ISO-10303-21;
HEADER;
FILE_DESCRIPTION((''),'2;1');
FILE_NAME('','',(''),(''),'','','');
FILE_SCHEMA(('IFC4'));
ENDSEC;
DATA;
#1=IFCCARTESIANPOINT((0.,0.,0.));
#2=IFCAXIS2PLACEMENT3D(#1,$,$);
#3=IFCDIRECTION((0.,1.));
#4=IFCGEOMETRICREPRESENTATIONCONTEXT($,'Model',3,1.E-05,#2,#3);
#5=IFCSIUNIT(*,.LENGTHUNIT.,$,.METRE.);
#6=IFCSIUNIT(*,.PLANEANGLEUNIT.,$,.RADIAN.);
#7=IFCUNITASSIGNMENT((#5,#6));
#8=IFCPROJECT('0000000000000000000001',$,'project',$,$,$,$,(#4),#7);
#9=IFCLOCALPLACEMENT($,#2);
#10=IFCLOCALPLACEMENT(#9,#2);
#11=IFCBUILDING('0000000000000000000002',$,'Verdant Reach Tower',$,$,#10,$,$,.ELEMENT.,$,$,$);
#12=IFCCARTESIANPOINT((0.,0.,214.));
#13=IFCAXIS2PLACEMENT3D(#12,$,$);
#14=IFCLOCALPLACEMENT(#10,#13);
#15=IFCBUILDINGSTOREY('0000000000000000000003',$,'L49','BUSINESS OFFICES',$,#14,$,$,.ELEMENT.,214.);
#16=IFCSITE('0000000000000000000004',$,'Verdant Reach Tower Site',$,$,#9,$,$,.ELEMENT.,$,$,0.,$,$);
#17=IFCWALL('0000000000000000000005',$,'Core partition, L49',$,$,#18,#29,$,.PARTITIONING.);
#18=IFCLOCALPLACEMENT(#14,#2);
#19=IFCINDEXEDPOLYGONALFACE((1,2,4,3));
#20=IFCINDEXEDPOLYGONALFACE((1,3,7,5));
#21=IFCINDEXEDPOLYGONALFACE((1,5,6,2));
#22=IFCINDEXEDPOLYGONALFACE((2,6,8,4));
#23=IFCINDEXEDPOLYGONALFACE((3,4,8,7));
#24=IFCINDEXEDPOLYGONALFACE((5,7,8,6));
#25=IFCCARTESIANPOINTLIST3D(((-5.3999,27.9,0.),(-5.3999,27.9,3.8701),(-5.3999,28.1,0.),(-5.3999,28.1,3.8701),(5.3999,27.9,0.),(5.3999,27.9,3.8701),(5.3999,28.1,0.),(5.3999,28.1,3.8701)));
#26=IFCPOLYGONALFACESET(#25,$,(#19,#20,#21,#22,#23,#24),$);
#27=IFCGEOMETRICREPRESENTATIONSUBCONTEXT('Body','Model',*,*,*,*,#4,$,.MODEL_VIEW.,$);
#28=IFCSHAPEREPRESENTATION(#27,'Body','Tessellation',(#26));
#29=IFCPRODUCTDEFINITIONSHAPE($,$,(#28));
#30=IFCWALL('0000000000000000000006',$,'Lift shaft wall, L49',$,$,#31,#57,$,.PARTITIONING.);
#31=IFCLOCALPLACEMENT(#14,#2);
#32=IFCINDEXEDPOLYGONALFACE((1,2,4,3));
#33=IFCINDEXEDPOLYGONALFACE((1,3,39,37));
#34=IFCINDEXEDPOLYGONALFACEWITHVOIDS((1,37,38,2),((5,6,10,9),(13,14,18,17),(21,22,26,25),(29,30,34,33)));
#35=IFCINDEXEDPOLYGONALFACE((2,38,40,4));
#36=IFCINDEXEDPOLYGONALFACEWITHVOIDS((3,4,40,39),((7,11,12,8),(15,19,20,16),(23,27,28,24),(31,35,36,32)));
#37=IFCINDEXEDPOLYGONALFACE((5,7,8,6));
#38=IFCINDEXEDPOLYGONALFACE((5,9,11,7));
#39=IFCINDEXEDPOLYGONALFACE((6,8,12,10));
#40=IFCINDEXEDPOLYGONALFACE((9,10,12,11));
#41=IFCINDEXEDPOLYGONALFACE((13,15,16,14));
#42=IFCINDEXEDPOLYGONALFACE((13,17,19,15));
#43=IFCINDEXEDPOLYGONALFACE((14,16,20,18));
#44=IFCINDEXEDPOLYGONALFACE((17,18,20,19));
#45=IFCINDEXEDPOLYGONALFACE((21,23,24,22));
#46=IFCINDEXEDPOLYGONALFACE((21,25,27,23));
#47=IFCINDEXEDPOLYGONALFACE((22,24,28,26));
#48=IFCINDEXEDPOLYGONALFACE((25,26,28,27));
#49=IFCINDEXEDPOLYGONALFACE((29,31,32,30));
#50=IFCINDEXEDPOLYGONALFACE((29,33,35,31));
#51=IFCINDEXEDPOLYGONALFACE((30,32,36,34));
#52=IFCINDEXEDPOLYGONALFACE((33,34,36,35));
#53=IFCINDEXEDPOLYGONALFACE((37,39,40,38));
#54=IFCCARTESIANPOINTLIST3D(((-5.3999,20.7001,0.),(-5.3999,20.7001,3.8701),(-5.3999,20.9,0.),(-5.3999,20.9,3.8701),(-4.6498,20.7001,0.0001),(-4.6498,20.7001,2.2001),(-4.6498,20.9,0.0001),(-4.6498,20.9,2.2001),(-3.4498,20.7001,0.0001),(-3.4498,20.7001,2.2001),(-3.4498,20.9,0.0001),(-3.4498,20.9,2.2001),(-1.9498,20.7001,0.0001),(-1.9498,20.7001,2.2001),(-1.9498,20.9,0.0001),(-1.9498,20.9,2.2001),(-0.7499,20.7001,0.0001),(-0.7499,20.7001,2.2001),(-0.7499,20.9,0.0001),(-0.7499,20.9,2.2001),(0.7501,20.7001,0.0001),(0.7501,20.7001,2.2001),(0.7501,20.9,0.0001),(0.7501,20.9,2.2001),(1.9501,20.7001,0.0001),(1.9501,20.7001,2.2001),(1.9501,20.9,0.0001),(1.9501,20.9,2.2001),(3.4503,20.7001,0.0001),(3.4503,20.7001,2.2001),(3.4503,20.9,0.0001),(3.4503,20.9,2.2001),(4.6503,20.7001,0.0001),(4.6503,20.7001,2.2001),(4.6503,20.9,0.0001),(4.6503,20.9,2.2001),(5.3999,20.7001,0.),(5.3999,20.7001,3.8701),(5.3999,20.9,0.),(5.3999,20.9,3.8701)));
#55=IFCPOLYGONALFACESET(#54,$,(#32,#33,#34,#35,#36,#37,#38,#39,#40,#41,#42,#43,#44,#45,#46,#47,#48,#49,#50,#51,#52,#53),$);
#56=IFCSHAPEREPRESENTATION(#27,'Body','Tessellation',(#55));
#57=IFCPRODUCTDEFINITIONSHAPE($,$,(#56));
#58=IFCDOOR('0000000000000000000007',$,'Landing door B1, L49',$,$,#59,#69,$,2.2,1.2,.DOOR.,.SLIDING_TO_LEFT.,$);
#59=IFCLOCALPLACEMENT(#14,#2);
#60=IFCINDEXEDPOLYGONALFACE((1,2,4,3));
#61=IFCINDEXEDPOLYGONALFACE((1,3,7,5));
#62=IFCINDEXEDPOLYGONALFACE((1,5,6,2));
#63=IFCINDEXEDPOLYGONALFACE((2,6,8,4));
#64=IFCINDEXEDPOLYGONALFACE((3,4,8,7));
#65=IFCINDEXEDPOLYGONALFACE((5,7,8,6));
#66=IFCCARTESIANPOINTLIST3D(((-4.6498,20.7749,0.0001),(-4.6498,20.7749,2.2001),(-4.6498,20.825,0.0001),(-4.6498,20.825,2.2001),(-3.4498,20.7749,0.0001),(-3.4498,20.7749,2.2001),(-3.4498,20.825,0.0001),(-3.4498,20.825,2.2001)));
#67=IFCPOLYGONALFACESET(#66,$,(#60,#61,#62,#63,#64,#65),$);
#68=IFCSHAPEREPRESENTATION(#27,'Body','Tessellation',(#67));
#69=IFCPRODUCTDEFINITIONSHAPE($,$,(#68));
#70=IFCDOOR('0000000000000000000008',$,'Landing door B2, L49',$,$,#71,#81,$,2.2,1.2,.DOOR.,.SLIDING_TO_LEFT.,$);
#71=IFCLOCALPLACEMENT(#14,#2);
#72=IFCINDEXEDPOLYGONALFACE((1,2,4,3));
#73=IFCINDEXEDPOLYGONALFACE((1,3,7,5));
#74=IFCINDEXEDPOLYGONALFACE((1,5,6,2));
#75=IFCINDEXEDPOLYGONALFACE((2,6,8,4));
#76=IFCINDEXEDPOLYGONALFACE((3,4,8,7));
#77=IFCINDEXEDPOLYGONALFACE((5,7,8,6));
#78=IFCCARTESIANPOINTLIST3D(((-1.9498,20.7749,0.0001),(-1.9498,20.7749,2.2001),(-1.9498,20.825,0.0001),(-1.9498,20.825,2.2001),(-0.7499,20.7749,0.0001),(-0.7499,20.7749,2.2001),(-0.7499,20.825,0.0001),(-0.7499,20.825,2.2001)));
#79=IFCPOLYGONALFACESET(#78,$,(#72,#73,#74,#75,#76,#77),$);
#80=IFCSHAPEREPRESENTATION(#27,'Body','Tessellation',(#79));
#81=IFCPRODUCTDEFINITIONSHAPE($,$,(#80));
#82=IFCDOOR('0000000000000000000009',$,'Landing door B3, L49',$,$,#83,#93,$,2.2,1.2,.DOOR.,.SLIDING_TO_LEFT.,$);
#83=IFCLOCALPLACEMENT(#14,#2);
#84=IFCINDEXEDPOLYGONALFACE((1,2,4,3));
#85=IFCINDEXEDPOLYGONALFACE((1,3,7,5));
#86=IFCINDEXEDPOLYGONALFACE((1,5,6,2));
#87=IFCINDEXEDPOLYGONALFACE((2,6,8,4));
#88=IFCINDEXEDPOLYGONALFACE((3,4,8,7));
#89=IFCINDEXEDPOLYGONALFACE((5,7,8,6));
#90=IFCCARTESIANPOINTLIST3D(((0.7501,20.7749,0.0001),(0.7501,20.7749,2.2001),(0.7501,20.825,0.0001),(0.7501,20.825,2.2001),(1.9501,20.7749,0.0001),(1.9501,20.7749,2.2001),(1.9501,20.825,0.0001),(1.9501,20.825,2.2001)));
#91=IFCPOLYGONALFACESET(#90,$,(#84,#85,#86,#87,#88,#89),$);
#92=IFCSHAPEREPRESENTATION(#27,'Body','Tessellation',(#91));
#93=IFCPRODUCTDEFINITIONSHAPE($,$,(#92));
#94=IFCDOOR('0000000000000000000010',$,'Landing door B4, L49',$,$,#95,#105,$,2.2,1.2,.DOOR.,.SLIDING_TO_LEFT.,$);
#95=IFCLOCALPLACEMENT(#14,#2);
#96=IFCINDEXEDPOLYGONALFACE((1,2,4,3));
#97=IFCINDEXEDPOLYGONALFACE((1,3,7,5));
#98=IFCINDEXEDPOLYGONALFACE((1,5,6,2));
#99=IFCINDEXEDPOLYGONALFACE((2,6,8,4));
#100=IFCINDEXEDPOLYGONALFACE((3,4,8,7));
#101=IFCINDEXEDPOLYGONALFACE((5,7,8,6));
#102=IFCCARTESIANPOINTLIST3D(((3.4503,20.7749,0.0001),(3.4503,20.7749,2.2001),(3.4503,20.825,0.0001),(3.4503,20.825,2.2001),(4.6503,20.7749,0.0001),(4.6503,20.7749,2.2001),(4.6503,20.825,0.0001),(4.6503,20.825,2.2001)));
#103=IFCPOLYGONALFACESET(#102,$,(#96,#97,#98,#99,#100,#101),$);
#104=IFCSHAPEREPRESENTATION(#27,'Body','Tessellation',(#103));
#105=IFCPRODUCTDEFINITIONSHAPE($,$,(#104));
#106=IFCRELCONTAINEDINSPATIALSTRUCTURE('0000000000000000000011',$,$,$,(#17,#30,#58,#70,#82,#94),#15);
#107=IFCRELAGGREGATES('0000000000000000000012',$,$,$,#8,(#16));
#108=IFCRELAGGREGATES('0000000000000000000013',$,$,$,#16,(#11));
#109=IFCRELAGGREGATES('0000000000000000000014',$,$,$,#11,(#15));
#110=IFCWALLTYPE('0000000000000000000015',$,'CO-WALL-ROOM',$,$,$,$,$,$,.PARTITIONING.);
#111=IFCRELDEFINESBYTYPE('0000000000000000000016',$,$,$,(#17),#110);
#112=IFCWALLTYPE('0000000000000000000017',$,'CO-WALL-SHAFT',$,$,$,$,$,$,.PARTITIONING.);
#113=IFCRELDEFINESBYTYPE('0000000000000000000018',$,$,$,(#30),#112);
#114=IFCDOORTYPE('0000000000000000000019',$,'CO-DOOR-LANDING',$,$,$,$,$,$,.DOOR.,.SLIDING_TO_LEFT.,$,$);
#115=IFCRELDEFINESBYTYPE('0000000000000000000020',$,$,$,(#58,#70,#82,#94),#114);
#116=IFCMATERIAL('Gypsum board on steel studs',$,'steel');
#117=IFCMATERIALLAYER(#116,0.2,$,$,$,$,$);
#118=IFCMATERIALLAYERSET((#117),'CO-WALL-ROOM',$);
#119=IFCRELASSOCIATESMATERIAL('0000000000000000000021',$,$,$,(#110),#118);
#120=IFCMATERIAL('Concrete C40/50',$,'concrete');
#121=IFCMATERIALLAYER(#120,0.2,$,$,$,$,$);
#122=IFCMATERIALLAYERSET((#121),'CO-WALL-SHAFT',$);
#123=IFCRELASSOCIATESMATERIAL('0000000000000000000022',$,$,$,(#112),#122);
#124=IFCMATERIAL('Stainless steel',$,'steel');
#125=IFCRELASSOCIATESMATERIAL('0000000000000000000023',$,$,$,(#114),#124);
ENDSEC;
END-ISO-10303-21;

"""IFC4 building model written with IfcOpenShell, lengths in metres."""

from ifc_helpers import new_model, si_unit, direction, frame, frame_2d, origin, place, context, subcontext, project, spatial, rectangle, extrude, material, layer, layer_set, type_object, element, fill, save


model = new_model("IFC4")

# Units and contexts
model_context = context("Model", 3, precision=1e-05, world=origin(), true_north=direction((0.0, 1.0)))
body_context = subcontext(model_context, "Body", "Model", "MODEL_VIEW")
ifc_project = project(units=[si_unit("LENGTHUNIT", "METRE"), si_unit("PLANEANGLEUNIT", "RADIAN")], contexts=[model_context])

# Site, building, storey
site_placement = place(None, origin())
site = spatial("IfcSite", under=ifc_project, at=site_placement, Name="Verdant Reach Tower Site", CompositionType="ELEMENT", RefElevation=0.0)
building_placement = place(site_placement, origin())
building = spatial("IfcBuilding", under=site, at=building_placement, Name="Verdant Reach Tower", CompositionType="ELEMENT")
storey_placement = place(building_placement, frame((0.0, 0.0, 214.0)))
storey = spatial("IfcBuildingStorey", under=building, at=storey_placement, Name="L49", Description="BUSINESS OFFICES", CompositionType="ELEMENT", Elevation=214.0)

# Wall
ifc_material_1 = material(Name="Gypsum board on steel studs", Category="steel")
ifc_layer_1 = layer(ifc_material_1, 0.2)
ifc_layer_set_1 = layer_set([ifc_layer_1], Name="CO-WALL-ROOM")
wall_type_1 = type_object("IfcWallType", Name="CO-WALL-ROOM", PredefinedType="PARTITIONING", material=ifc_layer_set_1)
wall_1_placement = place(storey_placement, frame((-5.3999, 28.0, 0.0), z_axis=(0.0, 0.0, 1.0), x_axis=(1.0, 0.0, 0.0)))
element("IfcWall", 1, at=wall_1_placement, inside=storey, type_object=wall_type_1, Name="Core partition, L49", PredefinedType="PARTITIONING", context=body_context, shape_type="SweptSolid", body=[
    extrude(rectangle(XDim=10.7998, YDim=0.2, at=frame_2d((5.3999, 0.0))), origin(), (0.0, 0.0, 1.0), 3.8701),
])

# Wall, openings, doors
ifc_material_2 = material(Name="Concrete C40/50", Category="concrete")
ifc_layer_2 = layer(ifc_material_2, 0.2)
ifc_layer_set_2 = layer_set([ifc_layer_2], Name="CO-WALL-SHAFT")
wall_type_2 = type_object("IfcWallType", Name="CO-WALL-SHAFT", PredefinedType="PARTITIONING", material=ifc_layer_set_2)
wall_2_placement = place(storey_placement, frame((-5.3999, 20.8, 0.0), z_axis=(0.0, 0.0, 1.0), x_axis=(1.0, 0.0, 0.0)))
wall_2 = element("IfcWall", 2, at=wall_2_placement, inside=storey, type_object=wall_type_2, Name="Lift shaft wall, L49", PredefinedType="PARTITIONING", context=body_context, shape_type="SweptSolid", body=[
    extrude(rectangle(XDim=10.7998, YDim=0.2, at=frame_2d((5.3999, 0.0))), origin(), (0.0, 0.0, 1.0), 3.8701),
])
opening_1_placement = place(wall_2_placement, frame((0.75, 0.0, 0.0)))
opening_1 = element("IfcOpeningElement", 3, at=opening_1_placement, cuts=wall_2, PredefinedType="OPENING", context=body_context, shape_type="SweptSolid", body=[
    extrude(rectangle(XDim=1.2, YDim=2.2, at=frame_2d((0.6001, 1.1001))), frame((0.0, 0.1099, 0.0), z_axis=(0.0, -1.0, 0.0), x_axis=(1.0, 0.0, 0.0)), (0.0, 0.0, 1.0), 0.22),
])
opening_2_placement = place(wall_2_placement, frame((3.45, 0.0, 0.0)))
opening_2 = element("IfcOpeningElement", 4, at=opening_2_placement, cuts=wall_2, PredefinedType="OPENING", context=body_context, shape_type="SweptSolid", body=[
    extrude(rectangle(XDim=1.2, YDim=2.2, at=frame_2d((0.6001, 1.1001))), frame((0.0, 0.1099, 0.0), z_axis=(0.0, -1.0, 0.0), x_axis=(1.0, 0.0, 0.0)), (0.0, 0.0, 1.0), 0.22),
])
opening_3_placement = place(wall_2_placement, frame((6.1499, 0.0, 0.0)))
opening_3 = element("IfcOpeningElement", 5, at=opening_3_placement, cuts=wall_2, PredefinedType="OPENING", context=body_context, shape_type="SweptSolid", body=[
    extrude(rectangle(XDim=1.2, YDim=2.2, at=frame_2d((0.6001, 1.1001))), frame((0.0, 0.1099, 0.0), z_axis=(0.0, -1.0, 0.0), x_axis=(1.0, 0.0, 0.0)), (0.0, 0.0, 1.0), 0.22),
])
opening_4_placement = place(wall_2_placement, frame((8.8501, 0.0, 0.0)))
opening_4 = element("IfcOpeningElement", 6, at=opening_4_placement, cuts=wall_2, PredefinedType="OPENING", context=body_context, shape_type="SweptSolid", body=[
    extrude(rectangle(XDim=1.2, YDim=2.2, at=frame_2d((0.6001, 1.1001))), frame((0.0, 0.1099, 0.0), z_axis=(0.0, -1.0, 0.0), x_axis=(1.0, 0.0, 0.0)), (0.0, 0.0, 1.0), 0.22),
])
ifc_material_3 = material(Name="Stainless steel", Category="steel")
door_type = type_object("IfcDoorType", Name="CO-DOOR-LANDING", OperationType="SLIDING_TO_LEFT", PredefinedType="DOOR", material=ifc_material_3)
door_1_placement = place(opening_1_placement, origin())
door_1 = element("IfcDoor", 7, at=door_1_placement, inside=storey, type_object=door_type, Name="Landing door B1, L49", OperationType="SLIDING_TO_LEFT", OverallHeight=2.2, OverallWidth=1.2, PredefinedType="DOOR", context=body_context, shape_type="SweptSolid", body=[
    extrude(rectangle(XDim=1.2, YDim=2.2, at=frame_2d((0.6001, 1.1001))), frame((0.0, 0.0249, 0.0), z_axis=(0.0, -1.0, 0.0), x_axis=(1.0, 0.0, 0.0)), (0.0, 0.0, 1.0), 0.05),
])
fill(opening_1, door_1)
door_2_placement = place(opening_2_placement, origin())
door_2 = element("IfcDoor", 8, at=door_2_placement, inside=storey, type_object=door_type, Name="Landing door B2, L49", OperationType="SLIDING_TO_LEFT", OverallHeight=2.2, OverallWidth=1.2, PredefinedType="DOOR", context=body_context, shape_type="SweptSolid", body=[
    extrude(rectangle(XDim=1.2, YDim=2.2, at=frame_2d((0.6001, 1.1001))), frame((0.0, 0.0249, 0.0), z_axis=(0.0, -1.0, 0.0), x_axis=(1.0, 0.0, 0.0)), (0.0, 0.0, 1.0), 0.05),
])
fill(opening_2, door_2)
door_3_placement = place(opening_3_placement, origin())
door_3 = element("IfcDoor", 9, at=door_3_placement, inside=storey, type_object=door_type, Name="Landing door B3, L49", OperationType="SLIDING_TO_LEFT", OverallHeight=2.2, OverallWidth=1.2, PredefinedType="DOOR", context=body_context, shape_type="SweptSolid", body=[
    extrude(rectangle(XDim=1.2, YDim=2.2, at=frame_2d((0.6001, 1.1001))), frame((0.0, 0.0249, 0.0), z_axis=(0.0, -1.0, 0.0), x_axis=(1.0, 0.0, 0.0)), (0.0, 0.0, 1.0), 0.05),
])
fill(opening_3, door_3)
door_4_placement = place(opening_4_placement, origin())
door_4 = element("IfcDoor", 10, at=door_4_placement, inside=storey, type_object=door_type, Name="Landing door B4, L49", OperationType="SLIDING_TO_LEFT", OverallHeight=2.2, OverallWidth=1.2, PredefinedType="DOOR", context=body_context, shape_type="SweptSolid", body=[
    extrude(rectangle(XDim=1.2, YDim=2.2, at=frame_2d((0.6001, 1.1001))), frame((0.0, 0.0249, 0.0), z_axis=(0.0, -1.0, 0.0), x_axis=(1.0, 0.0, 0.0)), (0.0, 0.0, 1.0), 0.05),
])
fill(opening_4, door_4)

save(model, "model.ifc")
